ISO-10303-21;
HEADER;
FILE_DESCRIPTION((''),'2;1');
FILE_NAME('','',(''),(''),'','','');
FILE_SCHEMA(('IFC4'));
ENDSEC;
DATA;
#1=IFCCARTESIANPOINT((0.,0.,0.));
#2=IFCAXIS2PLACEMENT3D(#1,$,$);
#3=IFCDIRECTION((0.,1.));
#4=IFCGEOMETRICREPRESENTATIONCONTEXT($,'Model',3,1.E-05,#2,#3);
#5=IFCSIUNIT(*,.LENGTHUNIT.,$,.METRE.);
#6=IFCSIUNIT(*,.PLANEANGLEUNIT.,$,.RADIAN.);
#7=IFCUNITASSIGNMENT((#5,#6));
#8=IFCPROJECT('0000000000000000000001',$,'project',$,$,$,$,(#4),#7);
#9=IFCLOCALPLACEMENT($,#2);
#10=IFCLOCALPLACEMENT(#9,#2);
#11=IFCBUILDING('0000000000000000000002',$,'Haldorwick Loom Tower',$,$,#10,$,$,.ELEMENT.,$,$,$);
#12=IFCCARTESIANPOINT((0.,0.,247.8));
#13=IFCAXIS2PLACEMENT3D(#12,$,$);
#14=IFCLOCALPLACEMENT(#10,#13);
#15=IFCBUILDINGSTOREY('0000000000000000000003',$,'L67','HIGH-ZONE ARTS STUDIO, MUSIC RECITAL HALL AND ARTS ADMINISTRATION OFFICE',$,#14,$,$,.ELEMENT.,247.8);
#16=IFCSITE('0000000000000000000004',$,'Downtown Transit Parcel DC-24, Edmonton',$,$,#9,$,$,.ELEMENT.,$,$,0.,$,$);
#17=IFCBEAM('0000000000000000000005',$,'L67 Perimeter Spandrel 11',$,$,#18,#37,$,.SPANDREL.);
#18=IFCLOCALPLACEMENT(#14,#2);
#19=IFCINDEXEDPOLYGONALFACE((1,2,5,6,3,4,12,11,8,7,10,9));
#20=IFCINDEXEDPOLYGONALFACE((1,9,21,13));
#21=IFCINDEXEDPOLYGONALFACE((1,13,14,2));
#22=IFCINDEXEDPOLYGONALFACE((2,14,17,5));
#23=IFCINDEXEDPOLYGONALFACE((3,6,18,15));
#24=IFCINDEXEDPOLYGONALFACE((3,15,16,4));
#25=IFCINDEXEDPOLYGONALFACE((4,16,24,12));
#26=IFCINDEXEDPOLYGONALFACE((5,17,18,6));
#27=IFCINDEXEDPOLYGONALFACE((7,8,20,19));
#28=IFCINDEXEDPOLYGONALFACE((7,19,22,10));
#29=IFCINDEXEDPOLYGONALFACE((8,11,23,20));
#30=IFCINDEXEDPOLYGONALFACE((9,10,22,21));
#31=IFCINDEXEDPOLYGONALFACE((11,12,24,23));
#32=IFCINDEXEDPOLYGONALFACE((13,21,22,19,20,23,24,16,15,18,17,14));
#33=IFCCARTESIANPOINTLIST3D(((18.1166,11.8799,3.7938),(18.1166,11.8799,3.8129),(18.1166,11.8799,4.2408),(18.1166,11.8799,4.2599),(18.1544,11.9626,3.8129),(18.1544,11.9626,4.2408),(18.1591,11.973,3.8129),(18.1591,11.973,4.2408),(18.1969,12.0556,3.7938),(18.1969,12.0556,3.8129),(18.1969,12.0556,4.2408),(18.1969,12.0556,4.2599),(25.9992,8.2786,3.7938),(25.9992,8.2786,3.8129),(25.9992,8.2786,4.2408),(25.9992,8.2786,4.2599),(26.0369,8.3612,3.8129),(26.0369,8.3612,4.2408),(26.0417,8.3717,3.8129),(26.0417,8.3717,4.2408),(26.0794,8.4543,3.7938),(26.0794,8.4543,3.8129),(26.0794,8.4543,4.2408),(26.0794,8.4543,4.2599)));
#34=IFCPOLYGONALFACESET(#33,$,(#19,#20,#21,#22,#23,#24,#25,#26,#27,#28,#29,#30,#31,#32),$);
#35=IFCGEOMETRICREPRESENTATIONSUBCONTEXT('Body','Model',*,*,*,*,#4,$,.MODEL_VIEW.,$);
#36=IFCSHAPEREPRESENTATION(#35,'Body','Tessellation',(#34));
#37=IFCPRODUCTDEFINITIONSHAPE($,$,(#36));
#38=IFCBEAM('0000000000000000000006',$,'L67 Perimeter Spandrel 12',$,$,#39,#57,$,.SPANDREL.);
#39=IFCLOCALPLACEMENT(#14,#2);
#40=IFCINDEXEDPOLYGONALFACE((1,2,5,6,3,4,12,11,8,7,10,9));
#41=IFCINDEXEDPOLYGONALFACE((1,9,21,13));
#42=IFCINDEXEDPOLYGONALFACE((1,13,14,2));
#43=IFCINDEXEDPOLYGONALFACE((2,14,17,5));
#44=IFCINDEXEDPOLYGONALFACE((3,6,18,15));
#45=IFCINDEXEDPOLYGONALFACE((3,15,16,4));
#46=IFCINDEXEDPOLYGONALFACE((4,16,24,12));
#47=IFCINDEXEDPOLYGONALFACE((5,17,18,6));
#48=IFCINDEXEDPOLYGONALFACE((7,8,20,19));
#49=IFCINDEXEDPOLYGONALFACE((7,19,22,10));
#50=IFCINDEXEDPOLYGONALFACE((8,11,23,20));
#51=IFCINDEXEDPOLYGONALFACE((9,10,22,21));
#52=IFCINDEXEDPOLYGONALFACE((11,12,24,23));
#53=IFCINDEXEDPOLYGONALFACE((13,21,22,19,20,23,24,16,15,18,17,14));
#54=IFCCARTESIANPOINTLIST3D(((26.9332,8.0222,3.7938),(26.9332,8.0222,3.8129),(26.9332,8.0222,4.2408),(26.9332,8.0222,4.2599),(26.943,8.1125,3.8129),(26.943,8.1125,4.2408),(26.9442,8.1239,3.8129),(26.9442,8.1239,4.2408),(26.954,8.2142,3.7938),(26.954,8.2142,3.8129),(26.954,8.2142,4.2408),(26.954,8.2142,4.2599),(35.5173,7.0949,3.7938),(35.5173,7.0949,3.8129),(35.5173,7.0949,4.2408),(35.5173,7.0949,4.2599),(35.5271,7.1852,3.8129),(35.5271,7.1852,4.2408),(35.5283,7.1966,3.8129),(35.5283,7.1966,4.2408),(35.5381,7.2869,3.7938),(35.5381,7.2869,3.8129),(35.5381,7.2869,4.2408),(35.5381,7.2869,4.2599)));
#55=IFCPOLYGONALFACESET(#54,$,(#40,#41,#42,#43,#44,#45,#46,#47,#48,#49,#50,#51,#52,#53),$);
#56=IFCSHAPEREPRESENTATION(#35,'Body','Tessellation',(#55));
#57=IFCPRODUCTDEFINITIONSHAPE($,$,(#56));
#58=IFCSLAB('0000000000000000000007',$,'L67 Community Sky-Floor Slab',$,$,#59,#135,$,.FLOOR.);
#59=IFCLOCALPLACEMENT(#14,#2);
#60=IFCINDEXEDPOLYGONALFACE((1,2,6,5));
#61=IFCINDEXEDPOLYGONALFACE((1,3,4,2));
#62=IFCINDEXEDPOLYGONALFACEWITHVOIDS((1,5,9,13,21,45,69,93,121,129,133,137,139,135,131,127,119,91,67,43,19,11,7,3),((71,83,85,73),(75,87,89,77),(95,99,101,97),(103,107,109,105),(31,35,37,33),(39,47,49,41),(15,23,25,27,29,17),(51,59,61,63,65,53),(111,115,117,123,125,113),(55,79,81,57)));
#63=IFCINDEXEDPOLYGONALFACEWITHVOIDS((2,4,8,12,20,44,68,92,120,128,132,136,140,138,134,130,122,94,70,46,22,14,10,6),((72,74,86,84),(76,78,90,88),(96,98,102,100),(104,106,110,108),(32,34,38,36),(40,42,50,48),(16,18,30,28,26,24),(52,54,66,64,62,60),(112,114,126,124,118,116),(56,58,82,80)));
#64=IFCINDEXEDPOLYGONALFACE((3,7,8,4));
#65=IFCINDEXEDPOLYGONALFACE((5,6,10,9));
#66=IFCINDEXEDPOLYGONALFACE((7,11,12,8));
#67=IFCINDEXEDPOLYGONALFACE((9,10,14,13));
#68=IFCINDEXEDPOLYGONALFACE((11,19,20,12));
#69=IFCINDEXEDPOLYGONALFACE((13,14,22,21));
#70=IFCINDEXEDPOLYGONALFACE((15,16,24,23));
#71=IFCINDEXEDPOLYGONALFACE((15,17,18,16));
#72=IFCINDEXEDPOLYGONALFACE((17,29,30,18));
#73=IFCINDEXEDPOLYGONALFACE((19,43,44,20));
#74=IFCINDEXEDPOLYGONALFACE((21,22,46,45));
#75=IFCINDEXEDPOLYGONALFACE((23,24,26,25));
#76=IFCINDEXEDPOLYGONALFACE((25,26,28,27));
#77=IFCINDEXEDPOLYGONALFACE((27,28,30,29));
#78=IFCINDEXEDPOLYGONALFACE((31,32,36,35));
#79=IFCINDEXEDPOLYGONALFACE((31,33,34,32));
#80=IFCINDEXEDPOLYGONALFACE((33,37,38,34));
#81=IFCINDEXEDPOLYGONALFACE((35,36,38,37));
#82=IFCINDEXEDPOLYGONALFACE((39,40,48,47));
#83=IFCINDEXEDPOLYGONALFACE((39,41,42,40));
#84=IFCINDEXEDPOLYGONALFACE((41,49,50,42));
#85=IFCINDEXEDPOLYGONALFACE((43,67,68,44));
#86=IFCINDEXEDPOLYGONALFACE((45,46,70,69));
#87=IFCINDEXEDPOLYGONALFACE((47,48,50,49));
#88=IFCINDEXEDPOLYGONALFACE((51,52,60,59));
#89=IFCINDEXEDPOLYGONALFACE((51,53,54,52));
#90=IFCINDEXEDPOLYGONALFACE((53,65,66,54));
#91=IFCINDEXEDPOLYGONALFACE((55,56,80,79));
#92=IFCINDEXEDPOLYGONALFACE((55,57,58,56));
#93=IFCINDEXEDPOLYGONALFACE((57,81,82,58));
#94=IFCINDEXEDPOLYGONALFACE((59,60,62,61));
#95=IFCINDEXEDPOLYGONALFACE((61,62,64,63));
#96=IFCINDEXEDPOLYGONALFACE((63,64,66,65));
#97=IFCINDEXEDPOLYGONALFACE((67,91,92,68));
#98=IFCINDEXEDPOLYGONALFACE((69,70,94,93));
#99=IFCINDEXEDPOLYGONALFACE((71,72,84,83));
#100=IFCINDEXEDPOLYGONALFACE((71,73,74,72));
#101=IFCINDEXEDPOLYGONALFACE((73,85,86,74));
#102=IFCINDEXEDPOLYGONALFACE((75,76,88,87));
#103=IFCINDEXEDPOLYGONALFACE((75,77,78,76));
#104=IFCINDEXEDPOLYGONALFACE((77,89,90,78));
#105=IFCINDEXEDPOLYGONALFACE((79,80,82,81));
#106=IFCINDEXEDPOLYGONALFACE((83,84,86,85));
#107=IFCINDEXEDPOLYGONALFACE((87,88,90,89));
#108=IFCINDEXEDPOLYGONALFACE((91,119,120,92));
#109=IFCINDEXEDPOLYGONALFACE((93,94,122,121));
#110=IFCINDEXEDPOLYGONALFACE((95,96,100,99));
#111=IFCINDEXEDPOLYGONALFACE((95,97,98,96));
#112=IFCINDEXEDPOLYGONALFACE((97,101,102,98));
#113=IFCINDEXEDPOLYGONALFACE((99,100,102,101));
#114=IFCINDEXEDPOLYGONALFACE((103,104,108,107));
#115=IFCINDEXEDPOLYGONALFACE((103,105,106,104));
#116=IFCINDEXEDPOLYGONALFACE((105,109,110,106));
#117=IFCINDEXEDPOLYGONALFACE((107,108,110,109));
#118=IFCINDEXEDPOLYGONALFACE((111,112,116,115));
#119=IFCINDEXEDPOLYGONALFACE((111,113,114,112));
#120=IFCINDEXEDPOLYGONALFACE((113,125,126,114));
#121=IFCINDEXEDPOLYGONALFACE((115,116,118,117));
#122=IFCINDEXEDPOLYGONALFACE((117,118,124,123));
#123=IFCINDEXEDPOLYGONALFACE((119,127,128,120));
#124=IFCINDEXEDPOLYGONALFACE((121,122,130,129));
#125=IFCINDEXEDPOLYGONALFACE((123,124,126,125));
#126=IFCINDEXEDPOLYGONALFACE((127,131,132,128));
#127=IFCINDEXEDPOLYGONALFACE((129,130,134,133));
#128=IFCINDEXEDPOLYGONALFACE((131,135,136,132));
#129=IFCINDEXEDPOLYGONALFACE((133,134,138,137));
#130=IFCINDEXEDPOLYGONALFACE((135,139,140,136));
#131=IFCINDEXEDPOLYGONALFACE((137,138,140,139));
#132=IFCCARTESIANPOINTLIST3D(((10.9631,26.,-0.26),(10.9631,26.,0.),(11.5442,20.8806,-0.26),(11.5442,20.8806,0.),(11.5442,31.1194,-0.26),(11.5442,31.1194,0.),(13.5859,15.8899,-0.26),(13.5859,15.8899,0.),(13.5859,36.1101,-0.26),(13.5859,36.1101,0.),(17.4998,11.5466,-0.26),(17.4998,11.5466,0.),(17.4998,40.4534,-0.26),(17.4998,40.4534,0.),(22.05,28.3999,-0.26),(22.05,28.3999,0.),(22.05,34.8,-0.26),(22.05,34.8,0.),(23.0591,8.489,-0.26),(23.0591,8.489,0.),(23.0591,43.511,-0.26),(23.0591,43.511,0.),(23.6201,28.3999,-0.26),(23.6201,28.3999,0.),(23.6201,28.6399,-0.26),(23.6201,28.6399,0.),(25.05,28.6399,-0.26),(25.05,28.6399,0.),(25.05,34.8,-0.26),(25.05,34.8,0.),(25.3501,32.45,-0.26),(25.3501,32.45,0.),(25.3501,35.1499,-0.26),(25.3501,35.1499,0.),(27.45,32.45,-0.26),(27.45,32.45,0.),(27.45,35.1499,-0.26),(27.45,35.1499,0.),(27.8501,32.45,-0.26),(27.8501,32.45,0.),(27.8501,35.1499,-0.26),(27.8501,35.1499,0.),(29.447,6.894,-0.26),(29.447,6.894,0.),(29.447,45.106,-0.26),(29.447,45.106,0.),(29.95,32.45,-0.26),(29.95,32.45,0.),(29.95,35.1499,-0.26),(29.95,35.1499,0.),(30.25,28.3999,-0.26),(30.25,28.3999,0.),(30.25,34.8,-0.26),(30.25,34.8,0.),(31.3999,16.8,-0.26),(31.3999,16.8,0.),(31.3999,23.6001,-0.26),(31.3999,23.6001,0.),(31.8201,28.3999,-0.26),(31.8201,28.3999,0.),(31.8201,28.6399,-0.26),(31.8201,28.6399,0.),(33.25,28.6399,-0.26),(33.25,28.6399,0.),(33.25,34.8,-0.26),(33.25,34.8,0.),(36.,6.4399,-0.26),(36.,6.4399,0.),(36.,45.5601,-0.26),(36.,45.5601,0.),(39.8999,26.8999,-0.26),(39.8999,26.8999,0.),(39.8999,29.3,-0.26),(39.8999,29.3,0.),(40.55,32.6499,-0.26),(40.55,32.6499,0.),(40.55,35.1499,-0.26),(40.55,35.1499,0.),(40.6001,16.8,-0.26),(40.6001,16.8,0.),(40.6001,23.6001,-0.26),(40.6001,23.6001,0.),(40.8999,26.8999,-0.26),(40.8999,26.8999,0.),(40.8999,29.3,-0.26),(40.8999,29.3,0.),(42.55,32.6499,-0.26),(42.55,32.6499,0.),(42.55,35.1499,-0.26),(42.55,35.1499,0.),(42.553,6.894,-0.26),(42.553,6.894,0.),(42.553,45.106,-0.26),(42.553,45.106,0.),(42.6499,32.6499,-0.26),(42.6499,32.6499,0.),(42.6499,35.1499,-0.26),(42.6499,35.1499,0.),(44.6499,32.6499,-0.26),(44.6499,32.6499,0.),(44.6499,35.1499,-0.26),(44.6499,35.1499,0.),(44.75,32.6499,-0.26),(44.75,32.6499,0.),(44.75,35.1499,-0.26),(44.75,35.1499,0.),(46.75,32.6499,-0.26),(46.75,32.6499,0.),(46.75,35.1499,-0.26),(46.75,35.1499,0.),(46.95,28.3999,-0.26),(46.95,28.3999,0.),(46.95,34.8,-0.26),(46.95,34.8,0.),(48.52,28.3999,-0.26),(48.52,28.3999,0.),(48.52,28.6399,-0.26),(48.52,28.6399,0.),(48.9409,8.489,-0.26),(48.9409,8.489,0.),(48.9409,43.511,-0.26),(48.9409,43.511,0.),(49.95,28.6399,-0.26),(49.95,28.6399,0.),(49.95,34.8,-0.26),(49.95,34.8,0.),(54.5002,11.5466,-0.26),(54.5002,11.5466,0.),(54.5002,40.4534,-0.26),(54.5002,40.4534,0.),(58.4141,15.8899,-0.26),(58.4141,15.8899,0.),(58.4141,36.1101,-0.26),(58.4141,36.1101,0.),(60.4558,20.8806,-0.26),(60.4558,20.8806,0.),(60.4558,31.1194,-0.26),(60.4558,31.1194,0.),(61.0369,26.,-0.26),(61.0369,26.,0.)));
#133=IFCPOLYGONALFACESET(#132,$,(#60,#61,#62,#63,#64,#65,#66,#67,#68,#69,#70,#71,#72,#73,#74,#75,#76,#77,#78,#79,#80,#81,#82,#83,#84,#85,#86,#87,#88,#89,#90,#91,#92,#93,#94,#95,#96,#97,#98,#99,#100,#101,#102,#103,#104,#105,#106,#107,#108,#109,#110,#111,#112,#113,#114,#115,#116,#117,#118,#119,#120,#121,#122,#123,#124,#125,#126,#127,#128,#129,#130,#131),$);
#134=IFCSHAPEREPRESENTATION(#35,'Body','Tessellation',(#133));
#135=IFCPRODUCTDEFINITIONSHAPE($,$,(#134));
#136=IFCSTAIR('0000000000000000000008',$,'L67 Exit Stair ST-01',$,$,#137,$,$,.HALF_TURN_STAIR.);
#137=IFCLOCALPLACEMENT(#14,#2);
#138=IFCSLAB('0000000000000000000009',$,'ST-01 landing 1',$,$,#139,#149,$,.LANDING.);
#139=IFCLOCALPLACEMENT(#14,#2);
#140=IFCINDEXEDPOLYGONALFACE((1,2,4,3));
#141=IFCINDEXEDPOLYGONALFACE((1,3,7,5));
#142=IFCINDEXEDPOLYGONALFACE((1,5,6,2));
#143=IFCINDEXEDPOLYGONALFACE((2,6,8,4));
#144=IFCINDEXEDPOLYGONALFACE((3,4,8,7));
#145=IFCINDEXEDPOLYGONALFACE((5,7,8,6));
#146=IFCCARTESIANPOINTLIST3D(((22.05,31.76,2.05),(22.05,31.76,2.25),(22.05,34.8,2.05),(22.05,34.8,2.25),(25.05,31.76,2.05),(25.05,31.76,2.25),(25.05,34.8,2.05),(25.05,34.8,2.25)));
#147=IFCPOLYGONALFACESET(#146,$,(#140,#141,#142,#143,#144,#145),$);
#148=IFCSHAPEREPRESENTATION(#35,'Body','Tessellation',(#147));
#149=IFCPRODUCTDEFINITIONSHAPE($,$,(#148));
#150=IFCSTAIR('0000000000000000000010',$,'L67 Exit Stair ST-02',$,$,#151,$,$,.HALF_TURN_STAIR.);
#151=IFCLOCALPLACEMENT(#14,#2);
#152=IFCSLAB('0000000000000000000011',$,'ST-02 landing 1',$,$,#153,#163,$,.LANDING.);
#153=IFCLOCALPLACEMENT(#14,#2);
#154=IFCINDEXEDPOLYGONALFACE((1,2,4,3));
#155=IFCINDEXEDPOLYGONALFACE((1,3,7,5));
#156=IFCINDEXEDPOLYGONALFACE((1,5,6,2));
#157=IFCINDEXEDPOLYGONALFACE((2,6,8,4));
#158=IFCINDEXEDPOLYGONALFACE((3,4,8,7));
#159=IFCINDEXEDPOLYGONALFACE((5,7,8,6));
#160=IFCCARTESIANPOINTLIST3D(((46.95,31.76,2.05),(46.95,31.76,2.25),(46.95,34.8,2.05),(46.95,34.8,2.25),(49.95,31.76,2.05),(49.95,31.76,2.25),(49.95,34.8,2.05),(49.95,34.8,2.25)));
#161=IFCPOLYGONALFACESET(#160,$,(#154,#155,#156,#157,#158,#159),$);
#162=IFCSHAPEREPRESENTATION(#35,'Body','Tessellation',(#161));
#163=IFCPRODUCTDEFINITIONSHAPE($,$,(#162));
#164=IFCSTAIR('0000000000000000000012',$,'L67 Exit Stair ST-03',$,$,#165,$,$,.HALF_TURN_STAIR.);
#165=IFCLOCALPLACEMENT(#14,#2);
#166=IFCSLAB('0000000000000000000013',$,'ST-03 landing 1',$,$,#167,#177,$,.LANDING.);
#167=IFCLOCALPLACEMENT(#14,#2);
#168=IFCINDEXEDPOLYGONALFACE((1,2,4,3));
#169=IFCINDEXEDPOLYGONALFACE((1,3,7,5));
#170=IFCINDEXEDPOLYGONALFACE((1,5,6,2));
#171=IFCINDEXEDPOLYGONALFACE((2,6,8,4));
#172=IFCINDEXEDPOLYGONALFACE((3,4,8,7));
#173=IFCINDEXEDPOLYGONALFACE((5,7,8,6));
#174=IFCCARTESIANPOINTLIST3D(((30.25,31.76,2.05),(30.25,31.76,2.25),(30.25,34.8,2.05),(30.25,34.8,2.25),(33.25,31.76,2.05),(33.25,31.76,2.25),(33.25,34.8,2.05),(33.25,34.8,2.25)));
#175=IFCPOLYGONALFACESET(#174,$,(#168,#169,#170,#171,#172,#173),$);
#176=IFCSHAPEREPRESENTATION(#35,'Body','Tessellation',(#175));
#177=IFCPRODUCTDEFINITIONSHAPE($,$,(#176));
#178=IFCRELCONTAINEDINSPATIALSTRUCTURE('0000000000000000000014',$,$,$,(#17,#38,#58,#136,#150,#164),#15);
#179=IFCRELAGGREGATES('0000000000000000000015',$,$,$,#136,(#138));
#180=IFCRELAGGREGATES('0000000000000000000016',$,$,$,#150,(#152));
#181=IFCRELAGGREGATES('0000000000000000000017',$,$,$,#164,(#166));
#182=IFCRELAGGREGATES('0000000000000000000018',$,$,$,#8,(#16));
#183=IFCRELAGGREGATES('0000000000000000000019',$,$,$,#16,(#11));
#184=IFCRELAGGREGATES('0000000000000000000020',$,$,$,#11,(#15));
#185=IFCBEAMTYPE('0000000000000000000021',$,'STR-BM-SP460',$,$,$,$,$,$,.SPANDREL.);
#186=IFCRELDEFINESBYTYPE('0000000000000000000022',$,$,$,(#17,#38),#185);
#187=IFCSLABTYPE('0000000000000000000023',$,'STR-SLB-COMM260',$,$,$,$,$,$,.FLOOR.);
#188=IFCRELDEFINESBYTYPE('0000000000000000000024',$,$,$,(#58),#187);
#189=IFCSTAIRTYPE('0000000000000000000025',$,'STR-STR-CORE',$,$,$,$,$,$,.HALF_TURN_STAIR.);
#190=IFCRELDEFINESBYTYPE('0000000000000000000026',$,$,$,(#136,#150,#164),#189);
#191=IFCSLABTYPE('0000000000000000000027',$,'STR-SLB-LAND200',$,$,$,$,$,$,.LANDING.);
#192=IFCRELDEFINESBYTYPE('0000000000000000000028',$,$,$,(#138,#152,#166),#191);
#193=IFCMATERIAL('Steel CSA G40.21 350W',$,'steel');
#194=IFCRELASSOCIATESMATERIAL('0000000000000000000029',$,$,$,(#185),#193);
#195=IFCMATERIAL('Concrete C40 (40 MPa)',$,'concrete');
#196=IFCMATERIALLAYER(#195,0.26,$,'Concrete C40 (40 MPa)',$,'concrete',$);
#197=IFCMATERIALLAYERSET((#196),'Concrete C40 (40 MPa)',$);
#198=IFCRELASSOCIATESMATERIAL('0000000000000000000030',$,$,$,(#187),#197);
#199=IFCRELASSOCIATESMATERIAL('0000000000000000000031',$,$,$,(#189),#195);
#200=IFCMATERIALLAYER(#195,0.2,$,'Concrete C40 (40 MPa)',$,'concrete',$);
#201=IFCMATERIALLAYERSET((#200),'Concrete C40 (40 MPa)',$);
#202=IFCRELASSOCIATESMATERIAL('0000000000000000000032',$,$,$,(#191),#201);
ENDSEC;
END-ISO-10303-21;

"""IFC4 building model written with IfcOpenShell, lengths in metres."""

from ifc_helpers import new_model, si_unit, direction, frame, origin, origin_2d, place, context, subcontext, project, spatial, polyline, i_section, outline, extrude, material, layer, layer_set, material_profile, profile_set, type_object, element, aggregate, save


model = new_model("IFC4")

# Units and contexts
model_context = context("Model", 3, precision=1e-05, world=origin(), true_north=direction((0.0, 1.0)))
body_context = subcontext(model_context, "Body", "Model", "MODEL_VIEW")
ifc_project = project(units=[si_unit("LENGTHUNIT", "METRE"), si_unit("PLANEANGLEUNIT", "RADIAN")], contexts=[model_context])

# Site, building, storey
site_placement = place(None, origin())
site = spatial("IfcSite", under=ifc_project, at=site_placement, Name="Downtown Transit Parcel DC-24, Edmonton", CompositionType="ELEMENT", RefElevation=0.0)
building_placement = place(site_placement, origin())
building = spatial("IfcBuilding", under=site, at=building_placement, Name="Haldorwick Loom Tower", CompositionType="ELEMENT")
storey_placement = place(building_placement, frame((0.0, 0.0, 247.8)))
storey = spatial("IfcBuildingStorey", under=building, at=storey_placement, Name="L67", Description="HIGH-ZONE ARTS STUDIO, MUSIC RECITAL HALL AND ARTS ADMINISTRATION OFFICE", CompositionType="ELEMENT", Elevation=247.8)

# Shared definitions
ifc_material_1 = material(Name="Steel CSA G40.21 350W", Category="steel")

# Beams
ifc_material_profile_1 = material_profile(ifc_material_1, i_section(OverallWidth=0.1931, OverallDepth=0.4661, WebThickness=0.0115, FlangeThickness=0.019, at=origin_2d()), Name="W460X97", Category="steel")
ifc_profile_set_1 = profile_set([ifc_material_profile_1], Name="Steel CSA G40.21 350W")
beam_type_1 = type_object("IfcBeamType", Name="STR-BM-SP460", PredefinedType="SPANDREL", material=ifc_profile_set_1)
beam_1_placement = place(storey_placement, frame((18.1567, 11.9678, 4.0269), z_axis=(0.909568, -0.415555, 0.0), x_axis=(0.415555, 0.909568, 0.0)))
element("IfcBeam", 1, at=beam_1_placement, inside=storey, type_object=beam_type_1, Name="L67 Perimeter Spandrel 11", PredefinedType="SPANDREL", context=body_context, shape_type="SweptSolid", body=[
    extrude(i_section(OverallWidth=0.1931, OverallDepth=0.4661, WebThickness=0.0115, FlangeThickness=0.019, at=origin_2d()), origin(), (0.0, 0.0, 1.0), 8.6663),
])
beam_2_placement = place(storey_placement, frame((26.9436, 8.1182, 4.0269), z_axis=(0.994216, -0.107396, 0.0), x_axis=(0.107396, 0.994216, 0.0)))
element("IfcBeam", 2, at=beam_2_placement, inside=storey, type_object=beam_type_1, Name="L67 Perimeter Spandrel 12", PredefinedType="SPANDREL", context=body_context, shape_type="SweptSolid", body=[
    extrude(i_section(OverallWidth=0.1931, OverallDepth=0.4661, WebThickness=0.0115, FlangeThickness=0.019, at=origin_2d()), origin(), (0.0, 0.0, 1.0), 8.634),
])

# Slab
ifc_material_2 = material(Name="Concrete C40 (40 MPa)", Category="concrete")
ifc_layer_1 = layer(ifc_material_2, 0.26, Name="Concrete C40 (40 MPa)", Category="concrete")
ifc_layer_set_1 = layer_set([ifc_layer_1], Name="Concrete C40 (40 MPa)")
slab_type_1 = type_object("IfcSlabType", Name="STR-SLB-COMM260", PredefinedType="FLOOR", material=ifc_layer_set_1)
slab_1_placement = place(storey_placement, frame((0.0, 0.0, -0.26)))
element("IfcSlab", 3, at=slab_1_placement, inside=storey, type_object=slab_type_1, Name="L67 Community Sky-Floor Slab", PredefinedType="FLOOR", context=body_context, shape_type="SweptSolid", body=[
    extrude(outline(polyline([(54.5002, 11.5466), (58.4141, 15.8899), (60.4558, 20.8806), (61.0369, 26.0), (60.4558, 31.1194), (58.4141, 36.1101), (54.5002, 40.4534), (48.9409, 43.511), (42.553, 45.106), (36.0, 45.5601), (29.447, 45.106), (23.0591, 43.511), (17.4998, 40.4534), (13.5859, 36.1101), (11.5442, 31.1194), (10.9631, 26.0), (11.5442, 20.8806), (13.5859, 15.8899), (17.4998, 11.5466), (23.0591, 8.489), (29.447, 6.894), (36.0, 6.4399), (42.553, 6.894), (48.9409, 8.489), (54.5002, 11.5466)]), holes=[polyline([(31.3999, 16.8), (31.3999, 23.6001), (40.6001, 23.6001), (40.6001, 16.8), (31.3999, 16.8)]), polyline([(40.8999, 26.8999), (39.8999, 26.8999), (39.8999, 29.3), (40.8999, 29.3), (40.8999, 26.8999)]), polyline([(23.6201, 28.3999), (22.05, 28.3999), (22.05, 34.8), (25.05, 34.8), (25.05, 28.6399), (23.6201, 28.6399), (23.6201, 28.3999)]), polyline([(30.25, 28.3999), (30.25, 34.8), (33.25, 34.8), (33.25, 28.6399), (31.8201, 28.6399), (31.8201, 28.3999), (30.25, 28.3999)]), polyline([(46.95, 28.3999), (46.95, 34.8), (49.95, 34.8), (49.95, 28.6399), (48.52, 28.6399), (48.52, 28.3999), (46.95, 28.3999)]), polyline([(27.45, 32.45), (25.3501, 32.45), (25.3501, 35.1499), (27.45, 35.1499), (27.45, 32.45)]), polyline([(29.95, 32.45), (27.8501, 32.45), (27.8501, 35.1499), (29.95, 35.1499), (29.95, 32.45)]), polyline([(42.55, 32.6499), (40.55, 32.6499), (40.55, 35.1499), (42.55, 35.1499), (42.55, 32.6499)]), polyline([(42.6499, 32.6499), (42.6499, 35.1499), (44.6499, 35.1499), (44.6499, 32.6499), (42.6499, 32.6499)]), polyline([(44.75, 32.6499), (44.75, 35.1499), (46.75, 35.1499), (46.75, 32.6499), (44.75, 32.6499)])]), origin(), (0.0, 0.0, 1.0), 0.26),
])

# Stairs, slabs
stair_type = type_object("IfcStairType", Name="STR-STR-CORE", PredefinedType="HALF_TURN_STAIR", material=ifc_material_2)
stair_1_placement = place(storey_placement, origin())
stair_1 = element("IfcStair", 4, at=stair_1_placement, inside=storey, type_object=stair_type, Name="L67 Exit Stair ST-01", PredefinedType="HALF_TURN_STAIR")
ifc_layer_2 = layer(ifc_material_2, 0.2, Name="Concrete C40 (40 MPa)", Category="concrete")
ifc_layer_set_2 = layer_set([ifc_layer_2], Name="Concrete C40 (40 MPa)")
slab_type_2 = type_object("IfcSlabType", Name="STR-SLB-LAND200", PredefinedType="LANDING", material=ifc_layer_set_2)
slab_2_placement = place(storey_placement, frame((0.0, 0.0, 2.05)))
slab_2 = element("IfcSlab", 5, at=slab_2_placement, type_object=slab_type_2, Name="ST-01 landing 1", PredefinedType="LANDING", context=body_context, shape_type="SweptSolid", body=[
    extrude(outline(polyline([(25.05, 31.76), (25.05, 34.8), (22.05, 34.8), (22.05, 31.76), (25.05, 31.76)])), origin(), (0.0, 0.0, 1.0), 0.2),
])
aggregate(stair_1, [slab_2])
stair_2_placement = place(storey_placement, origin())
stair_2 = element("IfcStair", 6, at=stair_2_placement, inside=storey, type_object=stair_type, Name="L67 Exit Stair ST-02", PredefinedType="HALF_TURN_STAIR")
slab_3_placement = place(storey_placement, frame((0.0, 0.0, 2.05)))
slab_3 = element("IfcSlab", 7, at=slab_3_placement, type_object=slab_type_2, Name="ST-02 landing 1", PredefinedType="LANDING", context=body_context, shape_type="SweptSolid", body=[
    extrude(outline(polyline([(49.95, 31.76), (49.95, 34.8), (46.95, 34.8), (46.95, 31.76), (49.95, 31.76)])), origin(), (0.0, 0.0, 1.0), 0.2),
])
aggregate(stair_2, [slab_3])
stair_3_placement = place(storey_placement, origin())
stair_3 = element("IfcStair", 8, at=stair_3_placement, inside=storey, type_object=stair_type, Name="L67 Exit Stair ST-03", PredefinedType="HALF_TURN_STAIR")
slab_4_placement = place(storey_placement, frame((0.0, 0.0, 2.05)))
slab_4 = element("IfcSlab", 9, at=slab_4_placement, type_object=slab_type_2, Name="ST-03 landing 1", PredefinedType="LANDING", context=body_context, shape_type="SweptSolid", body=[
    extrude(outline(polyline([(33.25, 31.76), (33.25, 34.8), (30.25, 34.8), (30.25, 31.76), (33.25, 31.76)])), origin(), (0.0, 0.0, 1.0), 0.2),
])
aggregate(stair_3, [slab_4])

save(model, "model.ifc")
